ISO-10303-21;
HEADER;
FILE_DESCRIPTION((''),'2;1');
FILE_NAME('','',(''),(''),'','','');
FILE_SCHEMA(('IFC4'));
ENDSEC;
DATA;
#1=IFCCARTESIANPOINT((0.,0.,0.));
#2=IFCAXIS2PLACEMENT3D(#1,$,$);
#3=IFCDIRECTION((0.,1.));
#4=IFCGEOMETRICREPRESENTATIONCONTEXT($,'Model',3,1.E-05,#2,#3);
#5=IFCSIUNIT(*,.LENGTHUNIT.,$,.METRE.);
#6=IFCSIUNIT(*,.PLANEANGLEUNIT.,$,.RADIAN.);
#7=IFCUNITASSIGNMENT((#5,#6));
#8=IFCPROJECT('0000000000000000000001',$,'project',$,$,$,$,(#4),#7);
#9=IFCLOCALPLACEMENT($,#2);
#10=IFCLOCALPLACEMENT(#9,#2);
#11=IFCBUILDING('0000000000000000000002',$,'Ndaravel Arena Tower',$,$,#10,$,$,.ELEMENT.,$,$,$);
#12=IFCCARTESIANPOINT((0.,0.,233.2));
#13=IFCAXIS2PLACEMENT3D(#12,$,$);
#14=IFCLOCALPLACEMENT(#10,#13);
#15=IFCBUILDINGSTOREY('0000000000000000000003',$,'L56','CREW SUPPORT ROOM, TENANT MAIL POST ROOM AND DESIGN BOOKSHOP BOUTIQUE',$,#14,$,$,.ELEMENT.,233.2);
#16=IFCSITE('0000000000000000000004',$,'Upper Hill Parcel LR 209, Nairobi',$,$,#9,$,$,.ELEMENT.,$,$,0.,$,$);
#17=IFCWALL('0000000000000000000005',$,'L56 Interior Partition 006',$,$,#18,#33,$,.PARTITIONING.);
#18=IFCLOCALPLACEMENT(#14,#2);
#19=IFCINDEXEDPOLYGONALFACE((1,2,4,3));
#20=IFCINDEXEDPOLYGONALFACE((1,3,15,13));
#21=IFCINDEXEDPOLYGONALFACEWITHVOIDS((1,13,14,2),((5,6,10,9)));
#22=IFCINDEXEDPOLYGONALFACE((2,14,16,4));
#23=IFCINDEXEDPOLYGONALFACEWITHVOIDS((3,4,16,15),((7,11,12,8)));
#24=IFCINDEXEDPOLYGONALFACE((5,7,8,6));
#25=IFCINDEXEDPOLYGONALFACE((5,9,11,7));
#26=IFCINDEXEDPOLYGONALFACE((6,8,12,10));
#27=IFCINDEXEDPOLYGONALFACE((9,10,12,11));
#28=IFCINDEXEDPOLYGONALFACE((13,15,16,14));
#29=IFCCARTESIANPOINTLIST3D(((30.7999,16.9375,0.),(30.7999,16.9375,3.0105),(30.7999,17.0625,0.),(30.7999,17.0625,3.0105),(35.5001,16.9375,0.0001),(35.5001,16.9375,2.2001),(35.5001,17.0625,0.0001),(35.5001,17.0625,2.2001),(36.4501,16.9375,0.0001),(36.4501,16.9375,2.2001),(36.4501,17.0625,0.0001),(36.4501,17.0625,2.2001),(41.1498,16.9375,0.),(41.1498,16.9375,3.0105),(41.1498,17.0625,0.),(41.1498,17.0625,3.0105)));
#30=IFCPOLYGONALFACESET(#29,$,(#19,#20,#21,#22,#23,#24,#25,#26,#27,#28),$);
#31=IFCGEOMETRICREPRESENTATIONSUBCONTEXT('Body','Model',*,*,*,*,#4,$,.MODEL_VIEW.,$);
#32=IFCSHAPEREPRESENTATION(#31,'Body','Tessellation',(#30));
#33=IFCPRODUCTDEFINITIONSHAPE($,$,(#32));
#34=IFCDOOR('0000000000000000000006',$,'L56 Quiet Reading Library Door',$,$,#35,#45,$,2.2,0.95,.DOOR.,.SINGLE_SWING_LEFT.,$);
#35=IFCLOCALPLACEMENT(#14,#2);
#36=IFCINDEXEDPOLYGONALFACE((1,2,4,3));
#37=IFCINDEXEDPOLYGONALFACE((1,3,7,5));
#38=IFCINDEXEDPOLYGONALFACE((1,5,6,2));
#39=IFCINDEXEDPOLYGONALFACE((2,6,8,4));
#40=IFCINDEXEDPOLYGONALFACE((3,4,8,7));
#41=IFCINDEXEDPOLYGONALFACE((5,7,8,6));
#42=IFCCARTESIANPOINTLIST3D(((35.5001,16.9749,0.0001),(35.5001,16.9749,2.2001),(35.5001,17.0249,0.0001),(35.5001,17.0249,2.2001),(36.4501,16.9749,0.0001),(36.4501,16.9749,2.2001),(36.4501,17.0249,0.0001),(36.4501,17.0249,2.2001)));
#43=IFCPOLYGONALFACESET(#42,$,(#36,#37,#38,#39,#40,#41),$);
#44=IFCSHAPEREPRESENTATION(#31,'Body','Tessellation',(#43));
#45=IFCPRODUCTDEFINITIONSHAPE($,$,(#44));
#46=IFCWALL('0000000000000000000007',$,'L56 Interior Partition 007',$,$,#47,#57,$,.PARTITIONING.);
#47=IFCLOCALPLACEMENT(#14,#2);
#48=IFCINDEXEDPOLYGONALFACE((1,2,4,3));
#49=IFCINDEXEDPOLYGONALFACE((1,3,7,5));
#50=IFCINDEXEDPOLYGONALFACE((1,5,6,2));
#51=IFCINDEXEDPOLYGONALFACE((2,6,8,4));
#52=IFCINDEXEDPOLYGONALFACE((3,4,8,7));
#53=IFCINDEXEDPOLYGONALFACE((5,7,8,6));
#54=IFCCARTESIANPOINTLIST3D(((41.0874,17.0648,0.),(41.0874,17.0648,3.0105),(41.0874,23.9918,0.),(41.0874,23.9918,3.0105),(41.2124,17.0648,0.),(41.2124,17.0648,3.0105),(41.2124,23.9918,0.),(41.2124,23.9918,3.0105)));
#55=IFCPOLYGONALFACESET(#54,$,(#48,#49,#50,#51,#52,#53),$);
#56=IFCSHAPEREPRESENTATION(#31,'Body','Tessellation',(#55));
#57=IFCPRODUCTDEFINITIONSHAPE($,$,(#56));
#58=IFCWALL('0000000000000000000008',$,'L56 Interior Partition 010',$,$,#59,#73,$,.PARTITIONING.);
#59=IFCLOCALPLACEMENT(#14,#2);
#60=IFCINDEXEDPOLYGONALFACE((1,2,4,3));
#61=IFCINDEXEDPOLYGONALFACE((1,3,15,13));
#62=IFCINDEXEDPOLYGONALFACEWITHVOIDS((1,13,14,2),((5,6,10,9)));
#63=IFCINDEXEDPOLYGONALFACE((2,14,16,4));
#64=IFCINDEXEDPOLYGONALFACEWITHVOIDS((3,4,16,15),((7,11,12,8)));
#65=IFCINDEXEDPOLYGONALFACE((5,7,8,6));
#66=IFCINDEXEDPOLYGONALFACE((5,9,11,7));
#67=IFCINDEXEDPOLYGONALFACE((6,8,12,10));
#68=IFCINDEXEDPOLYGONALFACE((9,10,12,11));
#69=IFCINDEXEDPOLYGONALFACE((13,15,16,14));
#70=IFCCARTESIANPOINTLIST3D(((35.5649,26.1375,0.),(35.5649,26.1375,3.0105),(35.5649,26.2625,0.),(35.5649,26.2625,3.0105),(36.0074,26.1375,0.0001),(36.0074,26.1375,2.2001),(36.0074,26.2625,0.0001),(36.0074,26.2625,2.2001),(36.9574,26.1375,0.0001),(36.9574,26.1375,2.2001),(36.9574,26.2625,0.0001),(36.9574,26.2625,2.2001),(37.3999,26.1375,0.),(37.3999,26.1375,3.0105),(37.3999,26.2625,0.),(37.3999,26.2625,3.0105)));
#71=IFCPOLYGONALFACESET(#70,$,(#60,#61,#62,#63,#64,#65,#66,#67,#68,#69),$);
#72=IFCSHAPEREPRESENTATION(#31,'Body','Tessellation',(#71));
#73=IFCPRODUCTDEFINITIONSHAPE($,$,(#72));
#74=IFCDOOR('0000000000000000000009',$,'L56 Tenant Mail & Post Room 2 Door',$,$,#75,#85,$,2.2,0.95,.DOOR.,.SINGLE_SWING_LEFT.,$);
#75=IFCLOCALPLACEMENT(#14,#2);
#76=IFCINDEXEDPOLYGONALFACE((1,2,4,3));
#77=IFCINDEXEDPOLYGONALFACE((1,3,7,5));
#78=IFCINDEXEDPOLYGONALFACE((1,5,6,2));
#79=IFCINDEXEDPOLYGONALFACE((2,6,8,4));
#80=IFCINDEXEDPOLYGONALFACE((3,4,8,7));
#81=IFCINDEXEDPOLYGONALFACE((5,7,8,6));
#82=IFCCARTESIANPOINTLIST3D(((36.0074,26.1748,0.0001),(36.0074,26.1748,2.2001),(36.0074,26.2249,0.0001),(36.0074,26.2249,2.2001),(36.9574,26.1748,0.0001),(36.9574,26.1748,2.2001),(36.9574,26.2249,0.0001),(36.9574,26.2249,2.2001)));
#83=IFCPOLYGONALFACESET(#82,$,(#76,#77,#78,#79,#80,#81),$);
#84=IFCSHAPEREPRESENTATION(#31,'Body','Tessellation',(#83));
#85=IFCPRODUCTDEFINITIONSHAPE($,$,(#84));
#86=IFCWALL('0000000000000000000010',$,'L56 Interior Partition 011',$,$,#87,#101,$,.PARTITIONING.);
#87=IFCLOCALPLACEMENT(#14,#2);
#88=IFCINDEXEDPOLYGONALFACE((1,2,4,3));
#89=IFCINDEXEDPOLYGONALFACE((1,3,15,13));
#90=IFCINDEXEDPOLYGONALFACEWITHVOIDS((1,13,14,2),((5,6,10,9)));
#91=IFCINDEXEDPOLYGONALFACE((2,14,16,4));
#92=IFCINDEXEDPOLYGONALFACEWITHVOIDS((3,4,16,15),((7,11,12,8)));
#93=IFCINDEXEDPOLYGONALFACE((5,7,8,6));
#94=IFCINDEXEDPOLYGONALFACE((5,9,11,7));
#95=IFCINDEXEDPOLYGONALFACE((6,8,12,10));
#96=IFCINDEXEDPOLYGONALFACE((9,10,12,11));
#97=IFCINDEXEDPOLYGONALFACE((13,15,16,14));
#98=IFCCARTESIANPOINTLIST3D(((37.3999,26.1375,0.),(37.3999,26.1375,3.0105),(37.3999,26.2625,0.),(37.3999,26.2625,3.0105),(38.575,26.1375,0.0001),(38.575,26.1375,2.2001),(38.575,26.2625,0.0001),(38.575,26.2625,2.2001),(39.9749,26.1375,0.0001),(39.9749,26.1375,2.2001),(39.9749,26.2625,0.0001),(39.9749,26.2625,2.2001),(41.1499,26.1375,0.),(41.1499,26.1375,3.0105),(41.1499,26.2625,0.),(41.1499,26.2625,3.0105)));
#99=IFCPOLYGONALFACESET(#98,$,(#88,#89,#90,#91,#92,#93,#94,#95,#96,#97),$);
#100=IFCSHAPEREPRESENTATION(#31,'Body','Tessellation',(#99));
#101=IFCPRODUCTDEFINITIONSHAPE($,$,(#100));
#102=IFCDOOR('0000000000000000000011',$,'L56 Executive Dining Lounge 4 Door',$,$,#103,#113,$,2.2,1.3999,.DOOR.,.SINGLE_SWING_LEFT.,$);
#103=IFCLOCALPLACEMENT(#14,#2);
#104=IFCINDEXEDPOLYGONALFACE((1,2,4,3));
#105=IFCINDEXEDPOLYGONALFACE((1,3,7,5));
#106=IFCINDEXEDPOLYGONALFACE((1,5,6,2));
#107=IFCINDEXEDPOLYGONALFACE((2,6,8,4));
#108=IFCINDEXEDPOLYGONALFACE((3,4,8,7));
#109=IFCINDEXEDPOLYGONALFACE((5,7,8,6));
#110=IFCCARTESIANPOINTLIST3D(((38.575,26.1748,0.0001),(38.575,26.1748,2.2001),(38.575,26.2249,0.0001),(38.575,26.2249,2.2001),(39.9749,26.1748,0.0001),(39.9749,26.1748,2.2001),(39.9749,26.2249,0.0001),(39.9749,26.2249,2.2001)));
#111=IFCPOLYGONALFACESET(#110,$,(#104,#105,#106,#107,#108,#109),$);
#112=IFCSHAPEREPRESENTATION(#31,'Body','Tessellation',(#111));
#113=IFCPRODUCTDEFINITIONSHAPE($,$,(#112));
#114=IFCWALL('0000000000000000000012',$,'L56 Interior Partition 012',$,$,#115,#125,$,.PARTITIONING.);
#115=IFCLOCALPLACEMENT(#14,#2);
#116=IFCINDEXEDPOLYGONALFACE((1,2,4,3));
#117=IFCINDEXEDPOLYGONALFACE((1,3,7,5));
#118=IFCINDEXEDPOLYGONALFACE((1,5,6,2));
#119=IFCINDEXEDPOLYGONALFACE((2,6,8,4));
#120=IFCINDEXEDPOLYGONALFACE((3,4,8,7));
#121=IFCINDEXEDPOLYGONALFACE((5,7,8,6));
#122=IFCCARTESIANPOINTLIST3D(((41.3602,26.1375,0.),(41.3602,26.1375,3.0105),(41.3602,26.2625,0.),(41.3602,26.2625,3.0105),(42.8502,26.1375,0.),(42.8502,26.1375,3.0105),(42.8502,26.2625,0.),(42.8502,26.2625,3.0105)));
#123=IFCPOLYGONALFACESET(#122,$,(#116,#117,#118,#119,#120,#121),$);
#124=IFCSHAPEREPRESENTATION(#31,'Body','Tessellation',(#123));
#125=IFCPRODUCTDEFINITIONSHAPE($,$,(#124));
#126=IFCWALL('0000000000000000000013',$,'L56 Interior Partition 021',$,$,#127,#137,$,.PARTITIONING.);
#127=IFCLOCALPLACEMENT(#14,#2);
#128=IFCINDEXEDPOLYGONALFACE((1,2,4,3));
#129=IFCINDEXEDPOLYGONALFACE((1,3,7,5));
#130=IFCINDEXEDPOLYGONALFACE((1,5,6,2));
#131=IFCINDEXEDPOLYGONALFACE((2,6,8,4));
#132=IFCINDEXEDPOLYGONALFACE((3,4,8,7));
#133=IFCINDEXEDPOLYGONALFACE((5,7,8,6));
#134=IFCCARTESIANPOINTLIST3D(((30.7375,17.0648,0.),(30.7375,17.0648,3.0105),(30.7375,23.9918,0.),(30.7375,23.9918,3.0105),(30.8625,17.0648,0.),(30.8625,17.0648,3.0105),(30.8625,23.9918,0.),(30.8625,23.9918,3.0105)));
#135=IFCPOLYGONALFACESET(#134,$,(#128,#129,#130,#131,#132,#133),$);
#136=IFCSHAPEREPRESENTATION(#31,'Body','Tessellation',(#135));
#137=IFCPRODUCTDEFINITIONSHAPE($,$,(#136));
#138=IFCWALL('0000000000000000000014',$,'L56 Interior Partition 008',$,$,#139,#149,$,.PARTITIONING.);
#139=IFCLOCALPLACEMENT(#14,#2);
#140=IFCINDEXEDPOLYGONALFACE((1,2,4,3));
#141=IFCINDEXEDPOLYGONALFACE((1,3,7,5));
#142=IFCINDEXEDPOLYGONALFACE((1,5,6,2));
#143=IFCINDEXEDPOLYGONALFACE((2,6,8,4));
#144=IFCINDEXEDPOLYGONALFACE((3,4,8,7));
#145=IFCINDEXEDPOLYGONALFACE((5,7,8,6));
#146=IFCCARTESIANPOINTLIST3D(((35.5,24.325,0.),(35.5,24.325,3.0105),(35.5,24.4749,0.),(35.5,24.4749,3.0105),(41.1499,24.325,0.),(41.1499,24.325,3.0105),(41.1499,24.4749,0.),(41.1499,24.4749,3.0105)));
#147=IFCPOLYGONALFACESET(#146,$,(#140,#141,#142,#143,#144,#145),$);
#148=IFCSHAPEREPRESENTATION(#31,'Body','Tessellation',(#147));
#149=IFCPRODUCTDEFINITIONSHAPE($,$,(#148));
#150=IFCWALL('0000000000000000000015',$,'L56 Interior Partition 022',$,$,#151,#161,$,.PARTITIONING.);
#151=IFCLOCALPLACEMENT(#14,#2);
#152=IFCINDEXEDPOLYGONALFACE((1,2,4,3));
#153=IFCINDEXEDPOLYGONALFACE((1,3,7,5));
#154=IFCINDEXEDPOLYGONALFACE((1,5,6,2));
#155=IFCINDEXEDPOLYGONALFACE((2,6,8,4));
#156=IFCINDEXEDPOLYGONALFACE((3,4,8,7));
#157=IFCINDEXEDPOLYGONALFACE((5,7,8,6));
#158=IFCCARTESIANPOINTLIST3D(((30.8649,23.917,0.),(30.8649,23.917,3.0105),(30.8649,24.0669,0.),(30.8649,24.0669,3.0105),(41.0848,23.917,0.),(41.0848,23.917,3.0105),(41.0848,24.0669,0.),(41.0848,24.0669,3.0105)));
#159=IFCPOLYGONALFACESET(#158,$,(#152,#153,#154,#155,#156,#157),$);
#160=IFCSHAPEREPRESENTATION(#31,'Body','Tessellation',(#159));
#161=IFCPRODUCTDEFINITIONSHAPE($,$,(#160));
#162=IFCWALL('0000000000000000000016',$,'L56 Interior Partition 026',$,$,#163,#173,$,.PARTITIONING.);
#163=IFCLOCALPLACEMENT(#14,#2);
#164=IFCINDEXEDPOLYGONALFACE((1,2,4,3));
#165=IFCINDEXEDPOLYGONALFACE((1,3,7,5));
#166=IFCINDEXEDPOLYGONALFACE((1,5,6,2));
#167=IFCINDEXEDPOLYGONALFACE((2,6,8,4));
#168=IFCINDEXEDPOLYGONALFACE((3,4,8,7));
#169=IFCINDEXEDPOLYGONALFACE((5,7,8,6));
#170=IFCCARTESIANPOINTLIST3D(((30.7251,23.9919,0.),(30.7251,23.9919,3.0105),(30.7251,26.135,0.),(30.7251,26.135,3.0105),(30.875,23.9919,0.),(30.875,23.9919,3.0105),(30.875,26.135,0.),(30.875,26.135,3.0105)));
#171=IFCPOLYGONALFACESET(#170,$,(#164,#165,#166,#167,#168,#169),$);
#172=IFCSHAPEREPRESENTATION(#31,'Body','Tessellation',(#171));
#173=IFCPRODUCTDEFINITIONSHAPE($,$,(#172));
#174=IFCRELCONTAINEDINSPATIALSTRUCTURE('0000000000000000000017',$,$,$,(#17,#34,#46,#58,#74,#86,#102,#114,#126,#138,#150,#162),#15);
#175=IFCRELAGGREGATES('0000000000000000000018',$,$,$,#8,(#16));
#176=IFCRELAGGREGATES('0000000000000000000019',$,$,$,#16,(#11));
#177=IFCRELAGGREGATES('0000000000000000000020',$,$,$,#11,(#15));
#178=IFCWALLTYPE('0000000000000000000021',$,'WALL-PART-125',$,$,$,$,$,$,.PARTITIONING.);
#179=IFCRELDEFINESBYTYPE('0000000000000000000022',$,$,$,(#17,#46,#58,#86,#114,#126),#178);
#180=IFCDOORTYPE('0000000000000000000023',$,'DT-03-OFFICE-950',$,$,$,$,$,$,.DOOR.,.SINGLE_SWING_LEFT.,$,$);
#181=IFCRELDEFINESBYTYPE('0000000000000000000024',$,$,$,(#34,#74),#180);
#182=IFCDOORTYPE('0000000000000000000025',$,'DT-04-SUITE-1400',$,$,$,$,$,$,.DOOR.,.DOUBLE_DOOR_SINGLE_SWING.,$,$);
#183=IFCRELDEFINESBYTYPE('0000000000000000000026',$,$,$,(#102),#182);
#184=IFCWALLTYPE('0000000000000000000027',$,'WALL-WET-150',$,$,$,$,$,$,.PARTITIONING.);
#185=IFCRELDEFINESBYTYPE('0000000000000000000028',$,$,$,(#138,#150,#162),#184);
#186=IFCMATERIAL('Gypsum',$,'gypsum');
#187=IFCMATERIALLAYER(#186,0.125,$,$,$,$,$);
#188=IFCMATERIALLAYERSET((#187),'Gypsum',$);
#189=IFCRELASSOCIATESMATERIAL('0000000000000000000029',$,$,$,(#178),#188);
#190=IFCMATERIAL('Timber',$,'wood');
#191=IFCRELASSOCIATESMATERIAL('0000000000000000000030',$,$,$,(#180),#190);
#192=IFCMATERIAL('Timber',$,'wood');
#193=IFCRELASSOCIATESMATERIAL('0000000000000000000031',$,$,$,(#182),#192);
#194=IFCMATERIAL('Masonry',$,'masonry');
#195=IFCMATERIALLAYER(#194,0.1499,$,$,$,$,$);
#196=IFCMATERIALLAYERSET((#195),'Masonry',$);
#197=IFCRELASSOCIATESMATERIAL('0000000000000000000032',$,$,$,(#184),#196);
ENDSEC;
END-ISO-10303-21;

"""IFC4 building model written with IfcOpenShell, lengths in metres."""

from ifc_helpers import new_model, si_unit, direction, frame, frame_2d, origin, place, context, subcontext, project, spatial, rectangle, extrude, material, layer, layer_set, type_object, element, fill, save


model = new_model("IFC4")

# Units and contexts
model_context = context("Model", 3, precision=1e-05, world=origin(), true_north=direction((0.0, 1.0)))
body_context = subcontext(model_context, "Body", "Model", "MODEL_VIEW")
ifc_project = project(units=[si_unit("LENGTHUNIT", "METRE"), si_unit("PLANEANGLEUNIT", "RADIAN")], contexts=[model_context])

# Site, building, storey
site_placement = place(None, origin())
site = spatial("IfcSite", under=ifc_project, at=site_placement, Name="Upper Hill Parcel LR 209, Nairobi", CompositionType="ELEMENT", RefElevation=0.0)
building_placement = place(site_placement, origin())
building = spatial("IfcBuilding", under=site, at=building_placement, Name="Ndaravel Arena Tower", CompositionType="ELEMENT")
storey_placement = place(building_placement, frame((0.0, 0.0, 233.2)))
storey = spatial("IfcBuildingStorey", under=building, at=storey_placement, Name="L56", Description="CREW SUPPORT ROOM, TENANT MAIL POST ROOM AND DESIGN BOOKSHOP BOUTIQUE", CompositionType="ELEMENT", Elevation=233.2)

# Wall, opening, door
ifc_material_1 = material(Name="Gypsum", Category="gypsum")
ifc_layer_1 = layer(ifc_material_1, 0.125)
ifc_layer_set_1 = layer_set([ifc_layer_1], Name="Gypsum")
wall_type_1 = type_object("IfcWallType", Name="WALL-PART-125", PredefinedType="PARTITIONING", material=ifc_layer_set_1)
wall_1_placement = place(storey_placement, frame((30.8, 17.0, 0.0), z_axis=(0.0, 0.0, 1.0), x_axis=(1.0, 0.0, 0.0)))
wall_1 = element("IfcWall", 1, at=wall_1_placement, inside=storey, type_object=wall_type_1, Name="L56 Interior Partition 006", PredefinedType="PARTITIONING", context=body_context, shape_type="SweptSolid", body=[
    extrude(rectangle(XDim=10.3499, YDim=0.125, at=frame_2d((5.1748, 0.0))), origin(), (0.0, 0.0, 1.0), 3.0105),
])
opening_1_placement = place(wall_1_placement, frame((4.7, 0.0, 0.0)))
opening_1 = element("IfcOpeningElement", 2, at=opening_1_placement, cuts=wall_1, PredefinedType="OPENING", context=body_context, shape_type="SweptSolid", body=[
    extrude(rectangle(XDim=0.95, YDim=2.2, at=frame_2d((0.4751, 1.1001))), frame((0.0, 0.0625, 0.0), z_axis=(0.0, -1.0, 0.0), x_axis=(1.0, 0.0, 0.0)), (0.0, 0.0, 1.0), 0.125),
])
ifc_material_2 = material(Name="Timber", Category="wood")
door_type_1 = type_object("IfcDoorType", Name="DT-03-OFFICE-950", OperationType="SINGLE_SWING_LEFT", PredefinedType="DOOR", material=ifc_material_2)
door_1_placement = place(opening_1_placement, origin())
door_1 = element("IfcDoor", 3, at=door_1_placement, inside=storey, type_object=door_type_1, Name="L56 Quiet Reading Library Door", OperationType="SINGLE_SWING_LEFT", OverallHeight=2.2, OverallWidth=0.95, PredefinedType="DOOR", context=body_context, shape_type="SweptSolid", body=[
    extrude(rectangle(XDim=0.95, YDim=2.2, at=frame_2d((0.4751, 1.1001))), frame((0.0, 0.0249, 0.0), z_axis=(0.0, -1.0, 0.0), x_axis=(1.0, 0.0, 0.0)), (0.0, 0.0, 1.0), 0.05),
])
fill(opening_1, door_1)

# Wall
wall_2_placement = place(storey_placement, frame((41.1499, 17.0649, 0.0), z_axis=(0.0, 0.0, 1.0), x_axis=(0.0, 1.0, 0.0)))
element("IfcWall", 4, at=wall_2_placement, inside=storey, type_object=wall_type_1, Name="L56 Interior Partition 007", PredefinedType="PARTITIONING", context=body_context, shape_type="SweptSolid", body=[
    extrude(rectangle(XDim=6.927, YDim=0.125, at=frame_2d((3.4634, 0.0))), origin(), (0.0, 0.0, 1.0), 3.0105),
])

# Walls, openings, doors
wall_3_placement = place(storey_placement, frame((35.5649, 26.2, 0.0), z_axis=(0.0, 0.0, 1.0), x_axis=(1.0, 0.0, 0.0)))
wall_3 = element("IfcWall", 5, at=wall_3_placement, inside=storey, type_object=wall_type_1, Name="L56 Interior Partition 010", PredefinedType="PARTITIONING", context=body_context, shape_type="SweptSolid", body=[
    extrude(rectangle(XDim=1.835, YDim=0.125, at=frame_2d((0.9175, 0.0))), origin(), (0.0, 0.0, 1.0), 3.0105),
])
opening_2_placement = place(wall_3_placement, frame((0.4424, 0.0, 0.0)))
opening_2 = element("IfcOpeningElement", 6, at=opening_2_placement, cuts=wall_3, PredefinedType="OPENING", context=body_context, shape_type="SweptSolid", body=[
    extrude(rectangle(XDim=0.95, YDim=2.2, at=frame_2d((0.4751, 1.1001))), frame((0.0, 0.0625, 0.0), z_axis=(0.0, -1.0, 0.0), x_axis=(1.0, 0.0, 0.0)), (0.0, 0.0, 1.0), 0.125),
])
door_2_placement = place(opening_2_placement, origin())
door_2 = element("IfcDoor", 7, at=door_2_placement, inside=storey, type_object=door_type_1, Name="L56 Tenant Mail & Post Room 2 Door", OperationType="SINGLE_SWING_LEFT", OverallHeight=2.2, OverallWidth=0.95, PredefinedType="DOOR", context=body_context, shape_type="SweptSolid", body=[
    extrude(rectangle(XDim=0.95, YDim=2.2, at=frame_2d((0.4751, 1.1001))), frame((0.0, 0.0249, 0.0), z_axis=(0.0, -1.0, 0.0), x_axis=(1.0, 0.0, 0.0)), (0.0, 0.0, 1.0), 0.05),
])
fill(opening_2, door_2)
wall_4_placement = place(storey_placement, frame((37.3999, 26.2, 0.0), z_axis=(0.0, 0.0, 1.0), x_axis=(1.0, 0.0, 0.0)))
wall_4 = element("IfcWall", 8, at=wall_4_placement, inside=storey, type_object=wall_type_1, Name="L56 Interior Partition 011", PredefinedType="PARTITIONING", context=body_context, shape_type="SweptSolid", body=[
    extrude(rectangle(XDim=3.75, YDim=0.125, at=frame_2d((1.875, 0.0))), origin(), (0.0, 0.0, 1.0), 3.0105),
])
opening_3_placement = place(wall_4_placement, frame((1.175, 0.0, 0.0)))
opening_3 = element("IfcOpeningElement", 9, at=opening_3_placement, cuts=wall_4, PredefinedType="OPENING", context=body_context, shape_type="SweptSolid", body=[
    extrude(rectangle(XDim=1.3999, YDim=2.2, at=frame_2d((0.7, 1.1001))), frame((0.0, 0.0625, 0.0), z_axis=(0.0, -1.0, 0.0), x_axis=(1.0, 0.0, 0.0)), (0.0, 0.0, 1.0), 0.125),
])
ifc_material_3 = material(Name="Timber", Category="wood")
door_type_2 = type_object("IfcDoorType", Name="DT-04-SUITE-1400", OperationType="DOUBLE_DOOR_SINGLE_SWING", PredefinedType="DOOR", material=ifc_material_3)
door_3_placement = place(opening_3_placement, origin())
door_3 = element("IfcDoor", 10, at=door_3_placement, inside=storey, type_object=door_type_2, Name="L56 Executive Dining Lounge 4 Door", OperationType="SINGLE_SWING_LEFT", OverallHeight=2.2, OverallWidth=1.3999, PredefinedType="DOOR", context=body_context, shape_type="SweptSolid", body=[
    extrude(rectangle(XDim=1.3999, YDim=2.2, at=frame_2d((0.7, 1.1001))), frame((0.0, 0.0249, 0.0), z_axis=(0.0, -1.0, 0.0), x_axis=(1.0, 0.0, 0.0)), (0.0, 0.0, 1.0), 0.05),
])
fill(opening_3, door_3)

# Walls
wall_5_placement = place(storey_placement, frame((41.3601, 26.2, 0.0), z_axis=(0.0, 0.0, 1.0), x_axis=(1.0, 0.0, 0.0)))
element("IfcWall", 11, at=wall_5_placement, inside=storey, type_object=wall_type_1, Name="L56 Interior Partition 012", PredefinedType="PARTITIONING", context=body_context, shape_type="SweptSolid", body=[
    extrude(rectangle(XDim=1.49, YDim=0.125, at=frame_2d((0.7451, 0.0))), origin(), (0.0, 0.0, 1.0), 3.0105),
])
wall_6_placement = place(storey_placement, frame((30.8, 17.0649, 0.0), z_axis=(0.0, 0.0, 1.0), x_axis=(0.0, 1.0, 0.0)))
element("IfcWall", 12, at=wall_6_placement, inside=storey, type_object=wall_type_1, Name="L56 Interior Partition 021", PredefinedType="PARTITIONING", context=body_context, shape_type="SweptSolid", body=[
    extrude(rectangle(XDim=6.927, YDim=0.125, at=frame_2d((3.4634, 0.0))), origin(), (0.0, 0.0, 1.0), 3.0105),
])
ifc_material_4 = material(Name="Masonry", Category="masonry")
ifc_layer_2 = layer(ifc_material_4, 0.1499)
ifc_layer_set_2 = layer_set([ifc_layer_2], Name="Masonry")
wall_type_2 = type_object("IfcWallType", Name="WALL-WET-150", PredefinedType="PARTITIONING", material=ifc_layer_set_2)
wall_7_placement = place(storey_placement, frame((41.1499, 24.3999, 0.0), z_axis=(0.0, 0.0, 1.0), x_axis=(-1.0, 0.0, 0.0)))
element("IfcWall", 13, at=wall_7_placement, inside=storey, type_object=wall_type_2, Name="L56 Interior Partition 008", PredefinedType="PARTITIONING", context=body_context, shape_type="SweptSolid", body=[
    extrude(rectangle(XDim=5.6499, YDim=0.1499, at=frame_2d((2.825, 0.0))), origin(), (0.0, 0.0, 1.0), 3.0105),
])

# Walls
wall_8_placement = place(storey_placement, frame((30.865, 23.9919, 0.0), z_axis=(0.0, 0.0, 1.0), x_axis=(1.0, 0.0, 0.0)))
element("IfcWall", 14, at=wall_8_placement, inside=storey, type_object=wall_type_2, Name="L56 Interior Partition 022", PredefinedType="PARTITIONING", context=body_context, shape_type="SweptSolid", body=[
    extrude(rectangle(XDim=10.22, YDim=0.1499, at=frame_2d((5.1099, 0.0))), origin(), (0.0, 0.0, 1.0), 3.0105),
])
wall_9_placement = place(storey_placement, frame((30.8, 26.135, 0.0), z_axis=(0.0, 0.0, 1.0), x_axis=(0.0, -1.0, 0.0)))
element("IfcWall", 15, at=wall_9_placement, inside=storey, type_object=wall_type_2, Name="L56 Interior Partition 026", PredefinedType="PARTITIONING", context=body_context, shape_type="SweptSolid", body=[
    extrude(rectangle(XDim=2.1431, YDim=0.1499, at=frame_2d((1.0715, 0.0))), origin(), (0.0, 0.0, 1.0), 3.0105),
])

save(model, "model.ifc")
